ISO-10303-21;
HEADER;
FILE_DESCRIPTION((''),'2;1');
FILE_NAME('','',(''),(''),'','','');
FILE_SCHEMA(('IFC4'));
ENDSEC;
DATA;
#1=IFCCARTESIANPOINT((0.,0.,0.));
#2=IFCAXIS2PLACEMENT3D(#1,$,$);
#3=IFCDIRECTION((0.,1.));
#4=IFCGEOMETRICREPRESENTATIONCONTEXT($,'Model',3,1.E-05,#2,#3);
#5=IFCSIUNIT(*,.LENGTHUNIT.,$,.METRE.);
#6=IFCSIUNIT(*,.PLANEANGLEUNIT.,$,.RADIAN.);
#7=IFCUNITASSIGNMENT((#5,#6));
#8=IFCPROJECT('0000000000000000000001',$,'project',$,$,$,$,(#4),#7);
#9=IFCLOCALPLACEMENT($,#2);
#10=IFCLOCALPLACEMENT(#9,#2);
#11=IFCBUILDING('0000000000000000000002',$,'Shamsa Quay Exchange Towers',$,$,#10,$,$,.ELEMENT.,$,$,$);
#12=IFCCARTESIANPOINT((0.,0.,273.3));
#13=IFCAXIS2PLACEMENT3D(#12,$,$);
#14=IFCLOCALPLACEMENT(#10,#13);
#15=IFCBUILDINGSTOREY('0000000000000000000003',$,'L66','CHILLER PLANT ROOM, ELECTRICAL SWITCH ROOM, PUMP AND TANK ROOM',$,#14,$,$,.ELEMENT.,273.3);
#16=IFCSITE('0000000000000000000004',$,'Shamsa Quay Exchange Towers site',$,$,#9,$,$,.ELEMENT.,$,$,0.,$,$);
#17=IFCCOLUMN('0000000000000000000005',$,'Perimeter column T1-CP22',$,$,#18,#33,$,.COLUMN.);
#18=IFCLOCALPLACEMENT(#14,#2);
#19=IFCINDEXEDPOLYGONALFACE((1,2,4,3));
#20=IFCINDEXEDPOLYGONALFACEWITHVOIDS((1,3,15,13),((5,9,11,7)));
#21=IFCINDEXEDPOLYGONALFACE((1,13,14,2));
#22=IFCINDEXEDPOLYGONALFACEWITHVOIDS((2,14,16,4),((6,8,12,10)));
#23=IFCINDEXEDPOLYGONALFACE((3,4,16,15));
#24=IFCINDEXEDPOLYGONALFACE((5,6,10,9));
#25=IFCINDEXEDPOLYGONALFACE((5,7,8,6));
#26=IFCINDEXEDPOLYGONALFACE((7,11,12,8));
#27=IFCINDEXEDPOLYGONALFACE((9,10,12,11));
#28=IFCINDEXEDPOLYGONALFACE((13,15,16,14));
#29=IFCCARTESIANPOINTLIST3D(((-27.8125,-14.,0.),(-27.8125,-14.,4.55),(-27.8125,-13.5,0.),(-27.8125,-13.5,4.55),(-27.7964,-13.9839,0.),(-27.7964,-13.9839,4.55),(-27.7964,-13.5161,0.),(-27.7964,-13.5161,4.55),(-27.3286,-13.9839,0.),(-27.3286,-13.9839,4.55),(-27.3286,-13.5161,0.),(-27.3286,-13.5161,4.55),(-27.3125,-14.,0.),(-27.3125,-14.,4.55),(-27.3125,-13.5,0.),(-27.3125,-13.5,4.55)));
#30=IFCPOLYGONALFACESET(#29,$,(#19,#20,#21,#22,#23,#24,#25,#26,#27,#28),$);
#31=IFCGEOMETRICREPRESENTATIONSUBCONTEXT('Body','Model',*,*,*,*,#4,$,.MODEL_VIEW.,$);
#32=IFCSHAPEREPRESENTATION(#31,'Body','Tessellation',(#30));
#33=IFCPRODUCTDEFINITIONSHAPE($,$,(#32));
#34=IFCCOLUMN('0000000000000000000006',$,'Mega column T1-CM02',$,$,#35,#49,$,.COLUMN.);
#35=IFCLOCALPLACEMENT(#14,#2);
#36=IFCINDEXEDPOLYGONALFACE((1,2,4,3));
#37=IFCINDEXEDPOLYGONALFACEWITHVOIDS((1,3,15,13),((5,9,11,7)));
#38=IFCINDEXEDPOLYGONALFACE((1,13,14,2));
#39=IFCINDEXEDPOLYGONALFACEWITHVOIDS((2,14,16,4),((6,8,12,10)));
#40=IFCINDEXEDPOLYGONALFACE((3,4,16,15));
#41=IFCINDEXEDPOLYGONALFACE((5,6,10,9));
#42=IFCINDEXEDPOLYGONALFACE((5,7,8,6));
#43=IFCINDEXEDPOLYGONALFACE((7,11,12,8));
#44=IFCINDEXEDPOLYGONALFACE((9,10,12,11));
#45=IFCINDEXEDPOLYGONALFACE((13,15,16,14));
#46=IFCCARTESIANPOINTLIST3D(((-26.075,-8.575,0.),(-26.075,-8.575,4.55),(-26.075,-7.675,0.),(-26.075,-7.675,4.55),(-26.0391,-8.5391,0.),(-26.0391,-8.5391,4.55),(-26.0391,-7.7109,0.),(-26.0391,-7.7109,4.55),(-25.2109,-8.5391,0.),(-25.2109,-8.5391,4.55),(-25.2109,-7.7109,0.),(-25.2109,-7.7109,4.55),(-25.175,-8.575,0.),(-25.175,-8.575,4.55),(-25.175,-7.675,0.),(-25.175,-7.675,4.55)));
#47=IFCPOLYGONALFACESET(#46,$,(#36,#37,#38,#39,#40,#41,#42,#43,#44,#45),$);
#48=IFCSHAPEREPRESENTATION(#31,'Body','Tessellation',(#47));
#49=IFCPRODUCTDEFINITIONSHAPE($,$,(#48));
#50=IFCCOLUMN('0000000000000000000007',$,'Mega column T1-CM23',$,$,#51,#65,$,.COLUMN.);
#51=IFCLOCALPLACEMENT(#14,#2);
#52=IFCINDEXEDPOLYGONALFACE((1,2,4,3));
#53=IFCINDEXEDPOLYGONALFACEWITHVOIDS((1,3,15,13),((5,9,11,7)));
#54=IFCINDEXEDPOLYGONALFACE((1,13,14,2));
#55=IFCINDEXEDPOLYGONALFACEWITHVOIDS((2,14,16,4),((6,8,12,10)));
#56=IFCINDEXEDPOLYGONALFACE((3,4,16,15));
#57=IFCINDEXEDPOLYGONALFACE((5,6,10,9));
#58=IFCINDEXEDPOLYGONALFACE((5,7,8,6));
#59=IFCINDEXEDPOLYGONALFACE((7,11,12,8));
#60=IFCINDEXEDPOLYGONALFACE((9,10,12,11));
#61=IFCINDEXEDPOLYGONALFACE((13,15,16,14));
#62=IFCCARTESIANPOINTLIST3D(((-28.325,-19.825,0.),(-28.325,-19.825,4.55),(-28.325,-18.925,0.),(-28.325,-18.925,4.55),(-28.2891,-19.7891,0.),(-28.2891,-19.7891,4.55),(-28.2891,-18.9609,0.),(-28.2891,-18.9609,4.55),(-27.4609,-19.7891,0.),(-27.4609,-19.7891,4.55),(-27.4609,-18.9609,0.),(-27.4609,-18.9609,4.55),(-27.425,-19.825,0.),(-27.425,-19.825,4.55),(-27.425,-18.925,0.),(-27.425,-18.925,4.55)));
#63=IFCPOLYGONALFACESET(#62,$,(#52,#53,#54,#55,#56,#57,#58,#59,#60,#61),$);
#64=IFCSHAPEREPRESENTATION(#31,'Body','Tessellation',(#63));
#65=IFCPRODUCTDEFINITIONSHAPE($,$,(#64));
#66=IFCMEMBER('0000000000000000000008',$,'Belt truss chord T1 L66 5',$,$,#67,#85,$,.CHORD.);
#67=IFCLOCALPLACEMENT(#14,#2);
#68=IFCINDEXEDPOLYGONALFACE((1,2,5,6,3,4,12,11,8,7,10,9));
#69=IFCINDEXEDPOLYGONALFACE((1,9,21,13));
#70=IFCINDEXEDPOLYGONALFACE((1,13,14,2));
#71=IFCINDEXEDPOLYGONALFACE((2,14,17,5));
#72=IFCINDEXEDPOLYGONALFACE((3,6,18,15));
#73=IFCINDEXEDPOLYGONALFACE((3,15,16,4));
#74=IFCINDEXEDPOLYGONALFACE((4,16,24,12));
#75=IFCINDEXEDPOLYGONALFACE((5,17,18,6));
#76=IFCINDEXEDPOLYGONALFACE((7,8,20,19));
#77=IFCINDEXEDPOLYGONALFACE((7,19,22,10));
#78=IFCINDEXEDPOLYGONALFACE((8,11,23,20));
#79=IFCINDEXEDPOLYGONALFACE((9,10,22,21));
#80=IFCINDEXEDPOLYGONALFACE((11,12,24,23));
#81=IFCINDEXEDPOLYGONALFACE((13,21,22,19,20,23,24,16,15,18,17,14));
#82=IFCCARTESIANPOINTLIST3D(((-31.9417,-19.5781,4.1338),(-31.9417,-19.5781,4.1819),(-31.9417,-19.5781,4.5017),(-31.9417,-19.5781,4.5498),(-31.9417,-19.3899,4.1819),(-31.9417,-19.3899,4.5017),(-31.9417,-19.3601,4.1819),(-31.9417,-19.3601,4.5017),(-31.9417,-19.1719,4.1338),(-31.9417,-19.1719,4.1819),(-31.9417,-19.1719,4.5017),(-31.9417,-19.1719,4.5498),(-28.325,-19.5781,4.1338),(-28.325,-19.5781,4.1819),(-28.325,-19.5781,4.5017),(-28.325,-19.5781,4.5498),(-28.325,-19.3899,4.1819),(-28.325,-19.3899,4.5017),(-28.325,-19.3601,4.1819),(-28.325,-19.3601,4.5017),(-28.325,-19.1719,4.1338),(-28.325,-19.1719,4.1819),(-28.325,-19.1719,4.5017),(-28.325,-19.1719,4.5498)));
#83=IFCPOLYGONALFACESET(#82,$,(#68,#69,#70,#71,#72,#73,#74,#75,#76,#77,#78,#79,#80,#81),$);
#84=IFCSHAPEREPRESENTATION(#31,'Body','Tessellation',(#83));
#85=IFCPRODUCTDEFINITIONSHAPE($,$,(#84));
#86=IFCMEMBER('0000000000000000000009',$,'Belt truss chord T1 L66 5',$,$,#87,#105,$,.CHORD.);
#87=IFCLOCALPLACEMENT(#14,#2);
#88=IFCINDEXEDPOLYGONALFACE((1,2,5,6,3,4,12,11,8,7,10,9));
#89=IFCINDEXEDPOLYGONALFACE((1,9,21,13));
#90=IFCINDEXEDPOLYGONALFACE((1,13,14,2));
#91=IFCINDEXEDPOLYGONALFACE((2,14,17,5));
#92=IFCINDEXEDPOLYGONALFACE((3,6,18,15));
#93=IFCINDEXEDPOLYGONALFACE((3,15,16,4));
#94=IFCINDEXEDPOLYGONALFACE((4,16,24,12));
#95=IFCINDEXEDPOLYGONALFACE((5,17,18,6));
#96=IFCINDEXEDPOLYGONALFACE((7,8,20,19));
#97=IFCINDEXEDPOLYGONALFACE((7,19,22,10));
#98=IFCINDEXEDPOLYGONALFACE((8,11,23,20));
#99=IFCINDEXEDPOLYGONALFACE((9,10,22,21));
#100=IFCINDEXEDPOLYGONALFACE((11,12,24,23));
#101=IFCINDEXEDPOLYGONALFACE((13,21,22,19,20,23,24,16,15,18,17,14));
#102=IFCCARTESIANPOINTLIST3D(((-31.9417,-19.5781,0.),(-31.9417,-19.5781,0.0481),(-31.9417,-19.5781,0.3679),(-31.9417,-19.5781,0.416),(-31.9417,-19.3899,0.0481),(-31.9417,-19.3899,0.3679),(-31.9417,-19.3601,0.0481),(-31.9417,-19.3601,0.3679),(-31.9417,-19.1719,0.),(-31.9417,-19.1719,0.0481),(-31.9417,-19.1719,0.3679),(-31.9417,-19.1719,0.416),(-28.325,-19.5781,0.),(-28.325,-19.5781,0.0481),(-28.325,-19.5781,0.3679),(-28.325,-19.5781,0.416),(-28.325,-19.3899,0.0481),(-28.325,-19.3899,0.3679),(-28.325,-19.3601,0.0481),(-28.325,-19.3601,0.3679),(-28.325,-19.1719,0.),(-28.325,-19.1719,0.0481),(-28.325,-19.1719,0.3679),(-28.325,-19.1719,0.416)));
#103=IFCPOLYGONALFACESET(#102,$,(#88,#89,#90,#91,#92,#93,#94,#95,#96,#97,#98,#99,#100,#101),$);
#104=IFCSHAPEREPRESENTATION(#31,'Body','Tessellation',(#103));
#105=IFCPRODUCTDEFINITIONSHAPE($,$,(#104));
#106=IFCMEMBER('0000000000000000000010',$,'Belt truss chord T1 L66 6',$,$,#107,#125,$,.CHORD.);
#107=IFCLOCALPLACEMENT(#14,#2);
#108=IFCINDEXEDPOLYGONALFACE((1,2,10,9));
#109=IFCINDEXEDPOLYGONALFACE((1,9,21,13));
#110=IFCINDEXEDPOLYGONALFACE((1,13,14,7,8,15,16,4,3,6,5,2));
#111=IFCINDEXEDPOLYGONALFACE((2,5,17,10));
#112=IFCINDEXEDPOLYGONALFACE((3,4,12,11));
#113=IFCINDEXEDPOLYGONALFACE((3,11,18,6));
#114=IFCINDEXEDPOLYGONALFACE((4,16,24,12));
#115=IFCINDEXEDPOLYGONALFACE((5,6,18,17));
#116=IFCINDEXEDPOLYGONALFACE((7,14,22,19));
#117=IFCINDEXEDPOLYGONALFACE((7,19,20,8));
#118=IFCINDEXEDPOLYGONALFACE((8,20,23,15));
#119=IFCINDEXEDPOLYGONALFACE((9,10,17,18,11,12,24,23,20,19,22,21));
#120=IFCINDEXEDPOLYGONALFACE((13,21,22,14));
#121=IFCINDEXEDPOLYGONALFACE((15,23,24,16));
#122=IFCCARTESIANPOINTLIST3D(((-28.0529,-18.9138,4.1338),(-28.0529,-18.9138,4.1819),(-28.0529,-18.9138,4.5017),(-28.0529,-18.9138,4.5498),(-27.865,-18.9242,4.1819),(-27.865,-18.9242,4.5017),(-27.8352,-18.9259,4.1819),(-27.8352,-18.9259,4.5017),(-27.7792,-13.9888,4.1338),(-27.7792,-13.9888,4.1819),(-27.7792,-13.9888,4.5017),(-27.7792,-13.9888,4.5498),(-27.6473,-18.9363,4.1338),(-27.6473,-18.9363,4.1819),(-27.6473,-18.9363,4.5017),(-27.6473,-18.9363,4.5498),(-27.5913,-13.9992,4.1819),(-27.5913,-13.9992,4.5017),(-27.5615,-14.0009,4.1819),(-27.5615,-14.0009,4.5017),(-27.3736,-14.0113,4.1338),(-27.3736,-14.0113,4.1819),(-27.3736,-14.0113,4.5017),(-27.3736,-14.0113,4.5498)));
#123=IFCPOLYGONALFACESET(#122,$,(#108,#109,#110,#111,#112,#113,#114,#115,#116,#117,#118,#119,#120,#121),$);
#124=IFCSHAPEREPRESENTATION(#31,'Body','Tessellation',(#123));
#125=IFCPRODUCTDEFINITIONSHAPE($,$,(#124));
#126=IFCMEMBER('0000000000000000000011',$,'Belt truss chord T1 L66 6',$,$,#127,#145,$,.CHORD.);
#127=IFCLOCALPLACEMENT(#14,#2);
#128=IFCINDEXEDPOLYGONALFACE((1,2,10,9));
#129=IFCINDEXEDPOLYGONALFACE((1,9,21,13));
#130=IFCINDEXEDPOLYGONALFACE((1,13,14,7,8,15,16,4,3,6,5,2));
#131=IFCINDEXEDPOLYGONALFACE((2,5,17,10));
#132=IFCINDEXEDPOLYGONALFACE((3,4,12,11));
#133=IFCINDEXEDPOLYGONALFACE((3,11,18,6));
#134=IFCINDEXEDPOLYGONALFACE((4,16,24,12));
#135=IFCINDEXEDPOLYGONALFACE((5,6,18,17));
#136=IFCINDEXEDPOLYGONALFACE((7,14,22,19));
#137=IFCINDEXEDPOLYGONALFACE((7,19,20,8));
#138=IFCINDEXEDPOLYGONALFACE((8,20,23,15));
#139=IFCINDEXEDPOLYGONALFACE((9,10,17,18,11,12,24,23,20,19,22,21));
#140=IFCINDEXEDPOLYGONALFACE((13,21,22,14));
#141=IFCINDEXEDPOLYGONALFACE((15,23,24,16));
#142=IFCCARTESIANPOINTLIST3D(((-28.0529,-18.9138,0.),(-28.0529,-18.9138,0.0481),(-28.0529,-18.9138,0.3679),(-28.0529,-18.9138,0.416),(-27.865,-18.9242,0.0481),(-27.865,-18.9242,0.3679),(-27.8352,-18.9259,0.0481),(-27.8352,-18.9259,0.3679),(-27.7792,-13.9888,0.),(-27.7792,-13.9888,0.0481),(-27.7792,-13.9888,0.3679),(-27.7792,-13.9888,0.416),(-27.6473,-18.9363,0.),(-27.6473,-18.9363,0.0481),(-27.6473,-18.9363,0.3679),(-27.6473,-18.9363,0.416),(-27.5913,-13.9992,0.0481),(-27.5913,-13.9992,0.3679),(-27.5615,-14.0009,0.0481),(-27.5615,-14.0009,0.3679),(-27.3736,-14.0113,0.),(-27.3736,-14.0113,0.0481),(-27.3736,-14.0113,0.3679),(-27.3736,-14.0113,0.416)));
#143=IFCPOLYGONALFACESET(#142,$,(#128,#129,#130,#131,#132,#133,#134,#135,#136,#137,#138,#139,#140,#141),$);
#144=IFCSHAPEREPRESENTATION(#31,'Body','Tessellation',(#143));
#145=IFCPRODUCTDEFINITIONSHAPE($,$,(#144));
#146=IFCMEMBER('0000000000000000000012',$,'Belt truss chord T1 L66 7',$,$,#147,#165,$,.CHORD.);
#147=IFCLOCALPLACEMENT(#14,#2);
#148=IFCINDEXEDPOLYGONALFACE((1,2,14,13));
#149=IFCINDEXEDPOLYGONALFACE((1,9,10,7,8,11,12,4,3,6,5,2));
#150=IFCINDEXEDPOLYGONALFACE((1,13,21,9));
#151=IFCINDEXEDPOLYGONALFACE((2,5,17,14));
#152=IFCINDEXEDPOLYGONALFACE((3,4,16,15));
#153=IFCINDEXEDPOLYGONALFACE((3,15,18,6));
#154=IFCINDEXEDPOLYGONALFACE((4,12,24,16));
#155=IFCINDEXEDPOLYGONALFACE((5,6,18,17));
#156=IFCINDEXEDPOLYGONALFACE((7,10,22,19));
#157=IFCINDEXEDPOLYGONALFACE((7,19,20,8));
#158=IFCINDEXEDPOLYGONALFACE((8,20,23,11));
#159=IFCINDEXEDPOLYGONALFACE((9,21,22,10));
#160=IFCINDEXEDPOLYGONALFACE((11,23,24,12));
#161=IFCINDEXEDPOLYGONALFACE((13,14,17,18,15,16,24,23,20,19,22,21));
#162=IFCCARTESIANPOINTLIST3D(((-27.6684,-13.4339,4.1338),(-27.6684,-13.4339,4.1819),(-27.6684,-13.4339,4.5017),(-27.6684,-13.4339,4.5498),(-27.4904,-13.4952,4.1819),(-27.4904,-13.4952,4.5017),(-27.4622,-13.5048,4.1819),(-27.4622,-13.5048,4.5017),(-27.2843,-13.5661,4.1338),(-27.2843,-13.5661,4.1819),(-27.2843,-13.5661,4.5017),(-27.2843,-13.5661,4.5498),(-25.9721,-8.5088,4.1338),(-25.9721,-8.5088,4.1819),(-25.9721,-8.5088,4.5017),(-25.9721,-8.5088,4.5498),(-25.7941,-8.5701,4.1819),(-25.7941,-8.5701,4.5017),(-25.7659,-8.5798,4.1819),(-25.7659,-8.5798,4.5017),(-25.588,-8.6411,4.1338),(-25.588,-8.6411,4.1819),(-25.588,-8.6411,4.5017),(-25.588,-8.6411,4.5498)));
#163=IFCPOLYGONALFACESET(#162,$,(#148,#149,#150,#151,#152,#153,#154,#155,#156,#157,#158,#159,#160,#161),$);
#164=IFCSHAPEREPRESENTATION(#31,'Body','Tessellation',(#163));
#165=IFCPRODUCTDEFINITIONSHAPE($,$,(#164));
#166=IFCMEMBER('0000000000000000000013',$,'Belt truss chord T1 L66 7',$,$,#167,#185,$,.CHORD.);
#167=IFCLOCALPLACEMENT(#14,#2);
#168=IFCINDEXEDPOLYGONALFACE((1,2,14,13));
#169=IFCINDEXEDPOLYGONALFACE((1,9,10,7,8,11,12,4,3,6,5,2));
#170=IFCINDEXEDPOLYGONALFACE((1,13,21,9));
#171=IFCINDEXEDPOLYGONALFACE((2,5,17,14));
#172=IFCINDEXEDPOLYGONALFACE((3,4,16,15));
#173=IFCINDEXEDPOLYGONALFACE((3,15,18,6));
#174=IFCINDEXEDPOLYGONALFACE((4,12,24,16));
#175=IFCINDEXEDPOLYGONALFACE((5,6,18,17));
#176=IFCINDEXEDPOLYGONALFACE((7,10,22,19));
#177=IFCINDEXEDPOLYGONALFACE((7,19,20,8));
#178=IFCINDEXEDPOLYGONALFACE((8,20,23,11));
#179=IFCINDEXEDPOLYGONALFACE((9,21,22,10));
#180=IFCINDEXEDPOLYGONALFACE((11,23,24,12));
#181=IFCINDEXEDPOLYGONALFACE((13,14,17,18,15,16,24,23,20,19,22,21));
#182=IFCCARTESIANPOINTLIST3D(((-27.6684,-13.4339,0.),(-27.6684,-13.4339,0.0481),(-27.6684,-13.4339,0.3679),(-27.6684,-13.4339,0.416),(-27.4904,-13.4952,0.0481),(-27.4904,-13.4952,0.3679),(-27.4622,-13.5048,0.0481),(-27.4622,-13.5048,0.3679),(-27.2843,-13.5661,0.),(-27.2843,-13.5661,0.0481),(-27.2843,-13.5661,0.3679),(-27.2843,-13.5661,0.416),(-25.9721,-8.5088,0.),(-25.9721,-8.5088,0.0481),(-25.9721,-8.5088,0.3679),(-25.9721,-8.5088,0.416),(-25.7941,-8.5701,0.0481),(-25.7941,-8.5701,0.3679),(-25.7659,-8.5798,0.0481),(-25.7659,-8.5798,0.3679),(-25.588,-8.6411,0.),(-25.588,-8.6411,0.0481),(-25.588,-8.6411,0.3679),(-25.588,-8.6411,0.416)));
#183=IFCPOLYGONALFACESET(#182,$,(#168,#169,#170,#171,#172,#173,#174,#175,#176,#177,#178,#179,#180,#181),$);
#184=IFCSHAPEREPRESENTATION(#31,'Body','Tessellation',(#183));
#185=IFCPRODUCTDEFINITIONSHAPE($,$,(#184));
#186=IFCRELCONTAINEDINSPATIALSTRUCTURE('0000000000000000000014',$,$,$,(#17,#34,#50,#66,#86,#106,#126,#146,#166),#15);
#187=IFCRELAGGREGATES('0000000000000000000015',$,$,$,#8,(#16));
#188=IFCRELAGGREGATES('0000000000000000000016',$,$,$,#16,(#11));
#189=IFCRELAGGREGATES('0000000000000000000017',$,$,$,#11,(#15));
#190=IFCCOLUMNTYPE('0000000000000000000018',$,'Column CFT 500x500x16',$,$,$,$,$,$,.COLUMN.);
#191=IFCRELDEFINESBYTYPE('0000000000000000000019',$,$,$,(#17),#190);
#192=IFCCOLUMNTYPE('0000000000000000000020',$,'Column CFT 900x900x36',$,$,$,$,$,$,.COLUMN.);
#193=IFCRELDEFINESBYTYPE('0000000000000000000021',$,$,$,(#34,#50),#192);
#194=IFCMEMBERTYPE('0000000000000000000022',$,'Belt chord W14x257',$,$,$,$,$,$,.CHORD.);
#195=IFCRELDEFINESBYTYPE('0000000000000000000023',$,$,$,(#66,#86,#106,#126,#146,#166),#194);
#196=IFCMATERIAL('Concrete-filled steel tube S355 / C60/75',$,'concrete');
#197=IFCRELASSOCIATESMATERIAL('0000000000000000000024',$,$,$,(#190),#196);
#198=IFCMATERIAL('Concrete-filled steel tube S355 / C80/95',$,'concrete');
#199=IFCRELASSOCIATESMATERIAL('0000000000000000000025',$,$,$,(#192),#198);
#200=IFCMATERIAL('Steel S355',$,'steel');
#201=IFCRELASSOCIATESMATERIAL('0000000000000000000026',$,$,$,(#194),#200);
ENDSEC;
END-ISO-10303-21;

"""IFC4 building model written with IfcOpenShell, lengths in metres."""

from ifc_helpers import new_model, si_unit, direction, frame, origin, origin_2d, place, context, subcontext, project, spatial, hollow_rectangle, i_section, extrude, material, material_profile, profile_set, type_object, element, save


model = new_model("IFC4")

# Units and contexts
model_context = context("Model", 3, precision=1e-05, world=origin(), true_north=direction((0.0, 1.0)))
body_context = subcontext(model_context, "Body", "Model", "MODEL_VIEW")
ifc_project = project(units=[si_unit("LENGTHUNIT", "METRE"), si_unit("PLANEANGLEUNIT", "RADIAN")], contexts=[model_context])

# Site, building, storey
site_placement = place(None, origin())
site = spatial("IfcSite", under=ifc_project, at=site_placement, Name="Shamsa Quay Exchange Towers site", CompositionType="ELEMENT", RefElevation=0.0)
building_placement = place(site_placement, origin())
building = spatial("IfcBuilding", under=site, at=building_placement, Name="Shamsa Quay Exchange Towers", CompositionType="ELEMENT")
storey_placement = place(building_placement, frame((0.0, 0.0, 273.3)))
storey = spatial("IfcBuildingStorey", under=building, at=storey_placement, Name="L66", Description="CHILLER PLANT ROOM, ELECTRICAL SWITCH ROOM, PUMP AND TANK ROOM", CompositionType="ELEMENT", Elevation=273.3)

# Columns
ifc_material_1 = material(Name="Concrete-filled steel tube S355 / C60/75", Category="concrete")
ifc_material_profile_1 = material_profile(ifc_material_1, hollow_rectangle(XDim=0.5, YDim=0.5, WallThickness=0.0161, at=origin_2d()), Name="CFT 500x500x16")
ifc_profile_set_1 = profile_set([ifc_material_profile_1], Name="Concrete-filled steel tube S355 / C60/75")
column_type_1 = type_object("IfcColumnType", Name="Column CFT 500x500x16", PredefinedType="COLUMN", material=ifc_profile_set_1)
column_placement = place(storey_placement, frame((-27.5625, -13.75, 0.0)))
element("IfcColumn", 1, at=column_placement, inside=storey, type_object=column_type_1, Name="Perimeter column T1-CP22", PredefinedType="COLUMN", context=body_context, shape_type="SweptSolid", body=[
    extrude(hollow_rectangle(XDim=0.5, YDim=0.5, WallThickness=0.0161, at=origin_2d()), origin(), (0.0, 0.0, 1.0), 4.55),
])
ifc_material_2 = material(Name="Concrete-filled steel tube S355 / C80/95", Category="concrete")
ifc_material_profile_2 = material_profile(ifc_material_2, hollow_rectangle(XDim=0.8999, YDim=0.8999, WallThickness=0.0359, at=origin_2d()), Name="CFT 900x900x36")
ifc_profile_set_2 = profile_set([ifc_material_profile_2], Name="Concrete-filled steel tube S355 / C80/95")
column_type_2 = type_object("IfcColumnType", Name="Column CFT 900x900x36", PredefinedType="COLUMN", material=ifc_profile_set_2)
for number, where, name in (
    (2, (-25.625, -8.125, 0.0), "Mega column T1-CM02"),
    (3, (-27.875, -19.375, 0.0), "Mega column T1-CM23"),
):
    element("IfcColumn", number, at=place(storey_placement, frame(where)), inside=storey, type_object=column_type_2, Name=name, PredefinedType="COLUMN", context=body_context, shape_type="SweptSolid", body=[
        extrude(hollow_rectangle(XDim=0.8999, YDim=0.8999, WallThickness=0.0359, at=origin_2d()), origin(), (0.0, 0.0, 1.0), 4.55),
    ])

# Members
ifc_material_3 = material(Name="Steel S355", Category="steel")
ifc_material_profile_3 = material_profile(ifc_material_3, i_section(OverallWidth=0.4062, OverallDepth=0.416, WebThickness=0.0298, FlangeThickness=0.0481, at=origin_2d()), Name="W14x257")
ifc_profile_set_3 = profile_set([ifc_material_profile_3], Name="Steel S355")
member_type_1 = type_object("IfcMemberType", Name="Belt chord W14x257", PredefinedType="CHORD", material=ifc_profile_set_3)
for number, where, z_axis, x_axis, name in (
    (4, (-31.9417, -19.375, 4.3418), (1.0, 0.0, 0.0), (0.0, 1.0, 0.0), "Belt truss chord T1 L66 5"),
    (5, (-31.9417, -19.375, 0.208), (1.0, 0.0, 0.0), (0.0, 1.0, 0.0), "Belt truss chord T1 L66 5"),
):
    element("IfcMember", number, at=place(storey_placement, frame(where, z_axis=z_axis, x_axis=x_axis)), inside=storey, type_object=member_type_1, Name=name, PredefinedType="CHORD", context=body_context, shape_type="SweptSolid", body=[
        extrude(i_section(OverallWidth=0.4062, OverallDepth=0.416, WebThickness=0.0298, FlangeThickness=0.0481, at=origin_2d()), origin(), (0.0, 0.0, 1.0), 3.6167),
    ])
for number, where, z_axis, x_axis, name in (
    (6, (-27.8501, -18.925, 4.3418), (0.055484, 0.99846, 0.0), (-0.99846, 0.055484, 0.0), "Belt truss chord T1 L66 6"),
    (7, (-27.8501, -18.925, 0.208), (0.055484, 0.99846, 0.0), (-0.99846, 0.055484, 0.0), "Belt truss chord T1 L66 6"),
):
    element("IfcMember", number, at=place(storey_placement, frame(where, z_axis=z_axis, x_axis=x_axis)), inside=storey, type_object=member_type_1, Name=name, PredefinedType="CHORD", context=body_context, shape_type="SweptSolid", body=[
        extrude(i_section(OverallWidth=0.4062, OverallDepth=0.416, WebThickness=0.0298, FlangeThickness=0.0481, at=origin_2d()), origin(), (0.0, 0.0, 1.0), 4.9326),
    ])
for number, where, z_axis, x_axis, name in (
    (8, (-27.4763, -13.5, 4.3418), (0.325647, 0.945491, 0.0), (-0.945491, 0.325647, 0.0), "Belt truss chord T1 L66 7"),
    (9, (-27.4763, -13.5, 0.208), (0.325647, 0.945491, 0.0), (-0.945491, 0.325647, 0.0), "Belt truss chord T1 L66 7"),
):
    element("IfcMember", number, at=place(storey_placement, frame(where, z_axis=z_axis, x_axis=x_axis)), inside=storey, type_object=member_type_1, Name=name, PredefinedType="CHORD", context=body_context, shape_type="SweptSolid", body=[
        extrude(i_section(OverallWidth=0.4062, OverallDepth=0.416, WebThickness=0.0298, FlangeThickness=0.0481, at=origin_2d()), origin(), (0.0, 0.0, 1.0), 5.209),
    ])

save(model, "model.ifc")
